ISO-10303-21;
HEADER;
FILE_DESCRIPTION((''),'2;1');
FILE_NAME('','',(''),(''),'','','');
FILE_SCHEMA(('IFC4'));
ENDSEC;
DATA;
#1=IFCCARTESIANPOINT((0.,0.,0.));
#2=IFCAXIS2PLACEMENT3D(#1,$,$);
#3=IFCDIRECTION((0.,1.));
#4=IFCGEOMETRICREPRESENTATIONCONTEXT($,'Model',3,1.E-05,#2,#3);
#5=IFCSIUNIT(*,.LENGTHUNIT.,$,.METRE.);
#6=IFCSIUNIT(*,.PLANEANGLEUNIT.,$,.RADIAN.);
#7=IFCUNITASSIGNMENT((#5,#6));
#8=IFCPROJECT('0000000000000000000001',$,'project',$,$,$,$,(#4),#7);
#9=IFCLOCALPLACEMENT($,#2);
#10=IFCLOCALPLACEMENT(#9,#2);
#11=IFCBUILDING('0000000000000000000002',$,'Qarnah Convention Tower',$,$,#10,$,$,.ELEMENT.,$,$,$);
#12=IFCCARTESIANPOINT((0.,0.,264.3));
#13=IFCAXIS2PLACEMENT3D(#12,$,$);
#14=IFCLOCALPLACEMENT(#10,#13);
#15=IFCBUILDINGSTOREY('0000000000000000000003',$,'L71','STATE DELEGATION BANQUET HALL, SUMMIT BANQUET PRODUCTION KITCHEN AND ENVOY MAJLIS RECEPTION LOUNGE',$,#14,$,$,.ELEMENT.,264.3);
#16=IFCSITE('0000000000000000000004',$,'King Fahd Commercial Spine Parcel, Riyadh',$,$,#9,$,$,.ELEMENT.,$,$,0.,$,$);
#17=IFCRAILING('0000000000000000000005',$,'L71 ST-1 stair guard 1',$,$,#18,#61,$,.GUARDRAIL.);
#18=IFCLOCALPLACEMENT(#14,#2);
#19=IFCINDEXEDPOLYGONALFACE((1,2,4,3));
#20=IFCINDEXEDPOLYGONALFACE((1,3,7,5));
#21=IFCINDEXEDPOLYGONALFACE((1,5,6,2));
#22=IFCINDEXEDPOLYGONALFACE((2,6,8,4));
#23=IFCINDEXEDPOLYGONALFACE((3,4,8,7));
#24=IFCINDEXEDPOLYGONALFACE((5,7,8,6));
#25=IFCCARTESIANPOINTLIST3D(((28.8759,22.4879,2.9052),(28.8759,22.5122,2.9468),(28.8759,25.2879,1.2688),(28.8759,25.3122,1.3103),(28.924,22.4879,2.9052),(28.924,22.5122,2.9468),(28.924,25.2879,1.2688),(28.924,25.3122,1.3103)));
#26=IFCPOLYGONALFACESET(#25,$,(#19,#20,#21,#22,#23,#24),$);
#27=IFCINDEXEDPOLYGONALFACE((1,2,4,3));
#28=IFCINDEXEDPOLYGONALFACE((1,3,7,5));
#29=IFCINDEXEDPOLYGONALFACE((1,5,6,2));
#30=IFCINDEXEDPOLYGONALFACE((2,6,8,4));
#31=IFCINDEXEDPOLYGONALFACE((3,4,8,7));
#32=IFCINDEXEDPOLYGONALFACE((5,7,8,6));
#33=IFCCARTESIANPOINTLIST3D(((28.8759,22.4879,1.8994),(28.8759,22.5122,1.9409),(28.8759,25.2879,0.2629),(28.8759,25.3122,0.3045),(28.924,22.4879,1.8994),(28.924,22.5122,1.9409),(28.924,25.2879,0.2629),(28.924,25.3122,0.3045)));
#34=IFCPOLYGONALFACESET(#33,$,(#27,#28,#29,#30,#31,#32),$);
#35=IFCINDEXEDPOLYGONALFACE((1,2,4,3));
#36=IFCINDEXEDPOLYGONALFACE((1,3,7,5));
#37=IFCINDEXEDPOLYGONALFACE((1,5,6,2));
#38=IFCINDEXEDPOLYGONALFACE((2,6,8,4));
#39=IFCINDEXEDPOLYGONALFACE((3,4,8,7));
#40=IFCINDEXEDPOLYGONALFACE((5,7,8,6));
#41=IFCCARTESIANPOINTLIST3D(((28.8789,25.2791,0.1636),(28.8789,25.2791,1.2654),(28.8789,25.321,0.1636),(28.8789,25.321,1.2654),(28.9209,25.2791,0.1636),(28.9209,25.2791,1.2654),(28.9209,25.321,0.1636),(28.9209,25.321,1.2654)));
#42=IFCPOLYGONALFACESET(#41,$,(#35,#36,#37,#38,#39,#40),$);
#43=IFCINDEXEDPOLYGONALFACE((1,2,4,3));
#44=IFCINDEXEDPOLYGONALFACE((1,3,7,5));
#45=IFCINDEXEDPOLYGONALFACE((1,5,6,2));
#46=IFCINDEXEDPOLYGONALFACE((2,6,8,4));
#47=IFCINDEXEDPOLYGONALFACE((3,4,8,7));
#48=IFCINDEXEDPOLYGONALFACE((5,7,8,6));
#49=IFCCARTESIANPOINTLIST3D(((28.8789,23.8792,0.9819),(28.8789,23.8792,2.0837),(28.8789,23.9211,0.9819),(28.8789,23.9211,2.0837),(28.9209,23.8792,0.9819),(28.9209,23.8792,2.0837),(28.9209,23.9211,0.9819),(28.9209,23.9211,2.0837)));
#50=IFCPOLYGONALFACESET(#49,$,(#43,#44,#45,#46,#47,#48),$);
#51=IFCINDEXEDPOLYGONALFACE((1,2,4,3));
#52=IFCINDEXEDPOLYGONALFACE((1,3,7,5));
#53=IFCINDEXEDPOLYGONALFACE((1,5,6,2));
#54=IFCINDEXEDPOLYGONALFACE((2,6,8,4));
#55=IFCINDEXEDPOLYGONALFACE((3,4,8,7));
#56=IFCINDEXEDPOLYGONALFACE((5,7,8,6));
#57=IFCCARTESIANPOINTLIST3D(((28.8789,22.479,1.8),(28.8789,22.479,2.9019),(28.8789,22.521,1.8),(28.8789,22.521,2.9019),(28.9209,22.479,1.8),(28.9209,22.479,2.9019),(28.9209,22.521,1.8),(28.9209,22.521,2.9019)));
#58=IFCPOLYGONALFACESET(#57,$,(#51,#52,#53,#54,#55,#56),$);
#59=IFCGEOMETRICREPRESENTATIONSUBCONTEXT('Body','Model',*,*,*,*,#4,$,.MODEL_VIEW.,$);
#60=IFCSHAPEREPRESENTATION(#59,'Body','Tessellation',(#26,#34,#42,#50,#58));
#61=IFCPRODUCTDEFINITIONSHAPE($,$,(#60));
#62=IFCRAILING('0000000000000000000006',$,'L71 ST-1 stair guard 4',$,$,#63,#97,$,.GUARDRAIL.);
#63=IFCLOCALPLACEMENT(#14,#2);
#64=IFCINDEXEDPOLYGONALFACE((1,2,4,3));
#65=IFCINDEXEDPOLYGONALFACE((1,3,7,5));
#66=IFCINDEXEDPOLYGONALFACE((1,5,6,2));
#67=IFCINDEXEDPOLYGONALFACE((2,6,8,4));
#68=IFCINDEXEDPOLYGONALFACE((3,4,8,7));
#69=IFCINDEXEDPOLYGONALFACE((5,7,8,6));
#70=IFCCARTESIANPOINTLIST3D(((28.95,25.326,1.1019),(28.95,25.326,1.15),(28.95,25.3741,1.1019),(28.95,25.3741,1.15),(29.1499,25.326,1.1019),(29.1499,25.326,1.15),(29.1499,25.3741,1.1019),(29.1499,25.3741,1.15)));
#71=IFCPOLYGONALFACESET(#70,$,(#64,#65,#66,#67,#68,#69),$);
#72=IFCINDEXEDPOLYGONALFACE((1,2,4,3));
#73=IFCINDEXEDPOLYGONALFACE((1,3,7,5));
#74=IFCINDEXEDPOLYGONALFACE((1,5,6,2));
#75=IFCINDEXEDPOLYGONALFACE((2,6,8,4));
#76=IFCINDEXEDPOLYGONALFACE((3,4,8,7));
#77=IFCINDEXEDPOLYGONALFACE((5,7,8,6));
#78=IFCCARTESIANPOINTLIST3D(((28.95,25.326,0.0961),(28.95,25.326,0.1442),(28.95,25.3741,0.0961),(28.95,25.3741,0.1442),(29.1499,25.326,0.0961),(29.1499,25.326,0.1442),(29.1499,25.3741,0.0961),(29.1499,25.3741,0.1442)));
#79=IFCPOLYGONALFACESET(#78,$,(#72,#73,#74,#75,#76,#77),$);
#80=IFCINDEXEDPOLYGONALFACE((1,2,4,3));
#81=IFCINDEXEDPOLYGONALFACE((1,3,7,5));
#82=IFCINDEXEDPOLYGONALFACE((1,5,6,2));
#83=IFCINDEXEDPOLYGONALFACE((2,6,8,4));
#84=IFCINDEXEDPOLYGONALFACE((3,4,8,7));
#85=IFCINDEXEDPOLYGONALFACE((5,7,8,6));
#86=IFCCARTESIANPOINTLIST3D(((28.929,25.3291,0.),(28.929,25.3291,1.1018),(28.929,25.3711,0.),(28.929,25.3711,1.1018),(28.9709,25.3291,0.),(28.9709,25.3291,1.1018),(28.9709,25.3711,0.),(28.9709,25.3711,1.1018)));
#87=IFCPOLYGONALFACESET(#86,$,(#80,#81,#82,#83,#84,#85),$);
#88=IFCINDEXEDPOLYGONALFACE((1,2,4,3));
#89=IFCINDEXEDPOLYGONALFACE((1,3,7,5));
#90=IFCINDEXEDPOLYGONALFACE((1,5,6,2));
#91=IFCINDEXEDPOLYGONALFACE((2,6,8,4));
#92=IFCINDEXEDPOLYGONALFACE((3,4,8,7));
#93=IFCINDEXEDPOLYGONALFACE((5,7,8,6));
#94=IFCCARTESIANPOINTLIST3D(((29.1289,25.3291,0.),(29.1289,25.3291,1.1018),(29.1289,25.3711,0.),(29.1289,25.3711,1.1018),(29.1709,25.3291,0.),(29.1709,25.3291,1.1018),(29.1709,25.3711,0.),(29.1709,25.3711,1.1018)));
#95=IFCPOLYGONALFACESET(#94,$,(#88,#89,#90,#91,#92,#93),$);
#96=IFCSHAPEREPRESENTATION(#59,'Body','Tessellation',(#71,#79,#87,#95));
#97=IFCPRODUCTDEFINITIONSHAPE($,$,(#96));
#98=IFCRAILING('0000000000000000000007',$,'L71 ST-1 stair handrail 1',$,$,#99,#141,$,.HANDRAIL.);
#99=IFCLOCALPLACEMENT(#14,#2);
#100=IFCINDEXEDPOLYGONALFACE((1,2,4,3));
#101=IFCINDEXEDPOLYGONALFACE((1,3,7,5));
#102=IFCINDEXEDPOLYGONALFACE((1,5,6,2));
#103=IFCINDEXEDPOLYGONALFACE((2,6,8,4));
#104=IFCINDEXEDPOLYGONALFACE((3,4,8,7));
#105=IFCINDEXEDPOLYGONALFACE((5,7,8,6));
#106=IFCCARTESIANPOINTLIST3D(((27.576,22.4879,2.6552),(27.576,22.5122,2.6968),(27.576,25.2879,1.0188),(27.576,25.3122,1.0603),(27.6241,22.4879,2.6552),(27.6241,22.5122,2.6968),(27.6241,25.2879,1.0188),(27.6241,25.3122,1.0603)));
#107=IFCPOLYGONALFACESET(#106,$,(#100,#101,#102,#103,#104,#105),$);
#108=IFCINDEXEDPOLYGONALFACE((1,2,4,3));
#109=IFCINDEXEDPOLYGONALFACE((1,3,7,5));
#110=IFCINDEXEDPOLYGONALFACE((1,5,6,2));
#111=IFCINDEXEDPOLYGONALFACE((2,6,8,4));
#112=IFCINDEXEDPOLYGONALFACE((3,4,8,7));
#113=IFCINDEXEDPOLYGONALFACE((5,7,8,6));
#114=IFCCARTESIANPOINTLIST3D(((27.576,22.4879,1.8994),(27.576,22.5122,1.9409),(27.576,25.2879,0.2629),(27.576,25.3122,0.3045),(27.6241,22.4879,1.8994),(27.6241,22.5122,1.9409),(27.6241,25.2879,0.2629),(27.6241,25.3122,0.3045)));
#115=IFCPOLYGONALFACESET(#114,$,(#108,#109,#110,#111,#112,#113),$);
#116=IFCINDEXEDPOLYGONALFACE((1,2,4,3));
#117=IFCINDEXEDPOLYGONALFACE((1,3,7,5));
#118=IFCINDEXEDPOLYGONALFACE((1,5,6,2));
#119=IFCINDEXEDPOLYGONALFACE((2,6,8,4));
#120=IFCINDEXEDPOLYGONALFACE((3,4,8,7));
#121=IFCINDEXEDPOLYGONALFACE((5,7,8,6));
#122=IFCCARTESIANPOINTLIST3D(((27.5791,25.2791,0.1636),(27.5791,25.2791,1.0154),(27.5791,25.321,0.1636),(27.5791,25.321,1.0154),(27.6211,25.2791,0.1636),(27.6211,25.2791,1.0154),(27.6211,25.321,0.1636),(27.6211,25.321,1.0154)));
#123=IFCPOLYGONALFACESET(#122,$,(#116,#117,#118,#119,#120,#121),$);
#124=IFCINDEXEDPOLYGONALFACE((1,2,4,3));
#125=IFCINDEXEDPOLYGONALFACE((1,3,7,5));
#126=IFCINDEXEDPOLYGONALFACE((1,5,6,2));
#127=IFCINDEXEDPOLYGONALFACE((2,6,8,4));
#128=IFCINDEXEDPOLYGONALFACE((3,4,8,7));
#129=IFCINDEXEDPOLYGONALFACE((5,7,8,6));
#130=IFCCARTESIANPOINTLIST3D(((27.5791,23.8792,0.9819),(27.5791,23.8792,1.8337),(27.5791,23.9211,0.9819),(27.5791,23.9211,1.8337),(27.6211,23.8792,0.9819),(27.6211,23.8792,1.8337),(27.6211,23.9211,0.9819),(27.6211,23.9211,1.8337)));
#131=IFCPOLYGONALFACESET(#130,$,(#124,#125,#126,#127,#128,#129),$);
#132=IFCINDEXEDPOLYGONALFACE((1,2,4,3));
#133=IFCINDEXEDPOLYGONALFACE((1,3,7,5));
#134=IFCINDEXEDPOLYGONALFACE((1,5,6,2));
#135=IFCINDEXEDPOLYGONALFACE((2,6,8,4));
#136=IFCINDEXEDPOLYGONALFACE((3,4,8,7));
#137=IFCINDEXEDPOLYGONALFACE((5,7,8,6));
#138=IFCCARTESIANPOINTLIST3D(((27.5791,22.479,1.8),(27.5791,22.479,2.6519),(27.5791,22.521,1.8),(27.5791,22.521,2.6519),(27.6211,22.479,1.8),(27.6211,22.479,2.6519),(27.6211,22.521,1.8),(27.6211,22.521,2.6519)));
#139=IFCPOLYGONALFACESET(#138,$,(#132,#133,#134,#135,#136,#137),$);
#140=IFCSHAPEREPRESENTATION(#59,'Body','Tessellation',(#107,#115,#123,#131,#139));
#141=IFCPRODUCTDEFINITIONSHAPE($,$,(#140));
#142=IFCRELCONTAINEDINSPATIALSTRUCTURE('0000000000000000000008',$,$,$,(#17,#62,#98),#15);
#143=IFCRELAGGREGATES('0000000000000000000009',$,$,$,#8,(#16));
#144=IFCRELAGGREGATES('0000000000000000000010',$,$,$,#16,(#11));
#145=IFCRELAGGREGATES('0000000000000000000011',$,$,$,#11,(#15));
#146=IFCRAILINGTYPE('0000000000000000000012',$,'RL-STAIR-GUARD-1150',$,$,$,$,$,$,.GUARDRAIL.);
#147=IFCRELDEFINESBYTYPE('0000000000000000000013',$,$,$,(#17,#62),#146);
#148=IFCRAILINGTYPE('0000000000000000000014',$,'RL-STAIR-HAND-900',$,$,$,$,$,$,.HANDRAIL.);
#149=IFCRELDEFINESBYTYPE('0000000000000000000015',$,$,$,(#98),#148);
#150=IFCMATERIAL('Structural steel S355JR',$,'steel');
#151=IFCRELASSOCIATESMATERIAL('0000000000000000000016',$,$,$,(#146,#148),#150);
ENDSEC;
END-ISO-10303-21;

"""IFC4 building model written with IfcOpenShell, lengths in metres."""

from ifc_helpers import new_model, si_unit, direction, frame, origin, origin_2d, place, context, subcontext, project, spatial, rectangle, extrude, material, type_object, element, save


model = new_model("IFC4")

# Units and contexts
model_context = context("Model", 3, precision=1e-05, world=origin(), true_north=direction((0.0, 1.0)))
body_context = subcontext(model_context, "Body", "Model", "MODEL_VIEW")
ifc_project = project(units=[si_unit("LENGTHUNIT", "METRE"), si_unit("PLANEANGLEUNIT", "RADIAN")], contexts=[model_context])

# Site, building, storey
site_placement = place(None, origin())
site = spatial("IfcSite", under=ifc_project, at=site_placement, Name="King Fahd Commercial Spine Parcel, Riyadh", CompositionType="ELEMENT", RefElevation=0.0)
building_placement = place(site_placement, origin())
building = spatial("IfcBuilding", under=site, at=building_placement, Name="Qarnah Convention Tower", CompositionType="ELEMENT")
storey_placement = place(building_placement, frame((0.0, 0.0, 264.3)))
storey = spatial("IfcBuildingStorey", under=building, at=storey_placement, Name="L71", Description="STATE DELEGATION BANQUET HALL, SUMMIT BANQUET PRODUCTION KITCHEN AND ENVOY MAJLIS RECEPTION LOUNGE", CompositionType="ELEMENT", Elevation=264.3)

# Shared definitions
ifc_material_1 = material(Name="Structural steel S355JR", Category="steel")

# Railings
railing_type_1 = type_object("IfcRailingType", Name="RL-STAIR-GUARD-1150", PredefinedType="GUARDRAIL", material=ifc_material_1)
railing_1_placement = place(storey_placement, frame((28.8999, 25.3, 0.1636)))
element("IfcRailing", 1, at=railing_1_placement, inside=storey, type_object=railing_type_1, Name="L71 ST-1 stair guard 1", PredefinedType="GUARDRAIL", context=body_context, shape_type="SweptSolid", body=[
    extrude(rectangle(XDim=0.0481, YDim=0.0481, at=origin_2d()), frame((0.0, 0.0, 1.126), z_axis=(0.0, -0.863361, 0.504587), x_axis=(1.0, 0.0, 0.0)), (0.0, 0.0, 1.0), 3.2432),
    extrude(rectangle(XDim=0.0481, YDim=0.0481, at=origin_2d()), frame((0.0, 0.0, 0.1201), z_axis=(0.0, -0.863361, 0.504587), x_axis=(1.0, 0.0, 0.0)), (0.0, 0.0, 1.0), 3.2432),
    extrude(rectangle(XDim=0.042, YDim=0.042, at=origin_2d()), origin(), (0.0, 0.0, 1.0), 1.1018),
    extrude(rectangle(XDim=0.042, YDim=0.042, at=origin_2d()), frame((0.0, -1.3999, 0.8184)), (0.0, 0.0, 1.0), 1.1018),
    extrude(rectangle(XDim=0.042, YDim=0.042, at=origin_2d()), frame((0.0, -2.8, 1.6365)), (0.0, 0.0, 1.0), 1.1018),
])
railing_2_placement = place(storey_placement, frame((28.95, 25.3501, 0.0)))
element("IfcRailing", 2, at=railing_2_placement, inside=storey, type_object=railing_type_1, Name="L71 ST-1 stair guard 4", PredefinedType="GUARDRAIL", context=body_context, shape_type="SweptSolid", body=[
    extrude(rectangle(XDim=0.0481, YDim=0.0481, at=origin_2d()), frame((0.0, 0.0, 1.126), z_axis=(1.0, 0.0, 0.0), x_axis=(0.0, 1.0, 0.0)), (0.0, 0.0, 1.0), 0.2),
    extrude(rectangle(XDim=0.0481, YDim=0.0481, at=origin_2d()), frame((0.0, 0.0, 0.1201), z_axis=(1.0, 0.0, 0.0), x_axis=(0.0, 1.0, 0.0)), (0.0, 0.0, 1.0), 0.2),
    extrude(rectangle(XDim=0.042, YDim=0.042, at=origin_2d()), origin(), (0.0, 0.0, 1.0), 1.1018),
    extrude(rectangle(XDim=0.042, YDim=0.042, at=origin_2d()), frame((0.2, 0.0, 0.0)), (0.0, 0.0, 1.0), 1.1018),
])
railing_type_2 = type_object("IfcRailingType", Name="RL-STAIR-HAND-900", PredefinedType="HANDRAIL", material=ifc_material_1)
railing_3_placement = place(storey_placement, frame((27.6001, 25.3, 0.1636)))
element("IfcRailing", 3, at=railing_3_placement, inside=storey, type_object=railing_type_2, Name="L71 ST-1 stair handrail 1", PredefinedType="HANDRAIL", context=body_context, shape_type="SweptSolid", body=[
    extrude(rectangle(XDim=0.0481, YDim=0.0481, at=origin_2d()), frame((0.0, 0.0, 0.876), z_axis=(0.0, -0.863361, 0.504587), x_axis=(1.0, 0.0, 0.0)), (0.0, 0.0, 1.0), 3.2432),
    extrude(rectangle(XDim=0.0481, YDim=0.0481, at=origin_2d()), frame((0.0, 0.0, 0.1201), z_axis=(0.0, -0.863361, 0.504587), x_axis=(1.0, 0.0, 0.0)), (0.0, 0.0, 1.0), 3.2432),
    extrude(rectangle(XDim=0.042, YDim=0.042, at=origin_2d()), origin(), (0.0, 0.0, 1.0), 0.8518),
    extrude(rectangle(XDim=0.042, YDim=0.042, at=origin_2d()), frame((0.0, -1.3999, 0.8184)), (0.0, 0.0, 1.0), 0.8518),
    extrude(rectangle(XDim=0.042, YDim=0.042, at=origin_2d()), frame((0.0, -2.8, 1.6365)), (0.0, 0.0, 1.0), 0.8518),
])

save(model, "model.ifc")
